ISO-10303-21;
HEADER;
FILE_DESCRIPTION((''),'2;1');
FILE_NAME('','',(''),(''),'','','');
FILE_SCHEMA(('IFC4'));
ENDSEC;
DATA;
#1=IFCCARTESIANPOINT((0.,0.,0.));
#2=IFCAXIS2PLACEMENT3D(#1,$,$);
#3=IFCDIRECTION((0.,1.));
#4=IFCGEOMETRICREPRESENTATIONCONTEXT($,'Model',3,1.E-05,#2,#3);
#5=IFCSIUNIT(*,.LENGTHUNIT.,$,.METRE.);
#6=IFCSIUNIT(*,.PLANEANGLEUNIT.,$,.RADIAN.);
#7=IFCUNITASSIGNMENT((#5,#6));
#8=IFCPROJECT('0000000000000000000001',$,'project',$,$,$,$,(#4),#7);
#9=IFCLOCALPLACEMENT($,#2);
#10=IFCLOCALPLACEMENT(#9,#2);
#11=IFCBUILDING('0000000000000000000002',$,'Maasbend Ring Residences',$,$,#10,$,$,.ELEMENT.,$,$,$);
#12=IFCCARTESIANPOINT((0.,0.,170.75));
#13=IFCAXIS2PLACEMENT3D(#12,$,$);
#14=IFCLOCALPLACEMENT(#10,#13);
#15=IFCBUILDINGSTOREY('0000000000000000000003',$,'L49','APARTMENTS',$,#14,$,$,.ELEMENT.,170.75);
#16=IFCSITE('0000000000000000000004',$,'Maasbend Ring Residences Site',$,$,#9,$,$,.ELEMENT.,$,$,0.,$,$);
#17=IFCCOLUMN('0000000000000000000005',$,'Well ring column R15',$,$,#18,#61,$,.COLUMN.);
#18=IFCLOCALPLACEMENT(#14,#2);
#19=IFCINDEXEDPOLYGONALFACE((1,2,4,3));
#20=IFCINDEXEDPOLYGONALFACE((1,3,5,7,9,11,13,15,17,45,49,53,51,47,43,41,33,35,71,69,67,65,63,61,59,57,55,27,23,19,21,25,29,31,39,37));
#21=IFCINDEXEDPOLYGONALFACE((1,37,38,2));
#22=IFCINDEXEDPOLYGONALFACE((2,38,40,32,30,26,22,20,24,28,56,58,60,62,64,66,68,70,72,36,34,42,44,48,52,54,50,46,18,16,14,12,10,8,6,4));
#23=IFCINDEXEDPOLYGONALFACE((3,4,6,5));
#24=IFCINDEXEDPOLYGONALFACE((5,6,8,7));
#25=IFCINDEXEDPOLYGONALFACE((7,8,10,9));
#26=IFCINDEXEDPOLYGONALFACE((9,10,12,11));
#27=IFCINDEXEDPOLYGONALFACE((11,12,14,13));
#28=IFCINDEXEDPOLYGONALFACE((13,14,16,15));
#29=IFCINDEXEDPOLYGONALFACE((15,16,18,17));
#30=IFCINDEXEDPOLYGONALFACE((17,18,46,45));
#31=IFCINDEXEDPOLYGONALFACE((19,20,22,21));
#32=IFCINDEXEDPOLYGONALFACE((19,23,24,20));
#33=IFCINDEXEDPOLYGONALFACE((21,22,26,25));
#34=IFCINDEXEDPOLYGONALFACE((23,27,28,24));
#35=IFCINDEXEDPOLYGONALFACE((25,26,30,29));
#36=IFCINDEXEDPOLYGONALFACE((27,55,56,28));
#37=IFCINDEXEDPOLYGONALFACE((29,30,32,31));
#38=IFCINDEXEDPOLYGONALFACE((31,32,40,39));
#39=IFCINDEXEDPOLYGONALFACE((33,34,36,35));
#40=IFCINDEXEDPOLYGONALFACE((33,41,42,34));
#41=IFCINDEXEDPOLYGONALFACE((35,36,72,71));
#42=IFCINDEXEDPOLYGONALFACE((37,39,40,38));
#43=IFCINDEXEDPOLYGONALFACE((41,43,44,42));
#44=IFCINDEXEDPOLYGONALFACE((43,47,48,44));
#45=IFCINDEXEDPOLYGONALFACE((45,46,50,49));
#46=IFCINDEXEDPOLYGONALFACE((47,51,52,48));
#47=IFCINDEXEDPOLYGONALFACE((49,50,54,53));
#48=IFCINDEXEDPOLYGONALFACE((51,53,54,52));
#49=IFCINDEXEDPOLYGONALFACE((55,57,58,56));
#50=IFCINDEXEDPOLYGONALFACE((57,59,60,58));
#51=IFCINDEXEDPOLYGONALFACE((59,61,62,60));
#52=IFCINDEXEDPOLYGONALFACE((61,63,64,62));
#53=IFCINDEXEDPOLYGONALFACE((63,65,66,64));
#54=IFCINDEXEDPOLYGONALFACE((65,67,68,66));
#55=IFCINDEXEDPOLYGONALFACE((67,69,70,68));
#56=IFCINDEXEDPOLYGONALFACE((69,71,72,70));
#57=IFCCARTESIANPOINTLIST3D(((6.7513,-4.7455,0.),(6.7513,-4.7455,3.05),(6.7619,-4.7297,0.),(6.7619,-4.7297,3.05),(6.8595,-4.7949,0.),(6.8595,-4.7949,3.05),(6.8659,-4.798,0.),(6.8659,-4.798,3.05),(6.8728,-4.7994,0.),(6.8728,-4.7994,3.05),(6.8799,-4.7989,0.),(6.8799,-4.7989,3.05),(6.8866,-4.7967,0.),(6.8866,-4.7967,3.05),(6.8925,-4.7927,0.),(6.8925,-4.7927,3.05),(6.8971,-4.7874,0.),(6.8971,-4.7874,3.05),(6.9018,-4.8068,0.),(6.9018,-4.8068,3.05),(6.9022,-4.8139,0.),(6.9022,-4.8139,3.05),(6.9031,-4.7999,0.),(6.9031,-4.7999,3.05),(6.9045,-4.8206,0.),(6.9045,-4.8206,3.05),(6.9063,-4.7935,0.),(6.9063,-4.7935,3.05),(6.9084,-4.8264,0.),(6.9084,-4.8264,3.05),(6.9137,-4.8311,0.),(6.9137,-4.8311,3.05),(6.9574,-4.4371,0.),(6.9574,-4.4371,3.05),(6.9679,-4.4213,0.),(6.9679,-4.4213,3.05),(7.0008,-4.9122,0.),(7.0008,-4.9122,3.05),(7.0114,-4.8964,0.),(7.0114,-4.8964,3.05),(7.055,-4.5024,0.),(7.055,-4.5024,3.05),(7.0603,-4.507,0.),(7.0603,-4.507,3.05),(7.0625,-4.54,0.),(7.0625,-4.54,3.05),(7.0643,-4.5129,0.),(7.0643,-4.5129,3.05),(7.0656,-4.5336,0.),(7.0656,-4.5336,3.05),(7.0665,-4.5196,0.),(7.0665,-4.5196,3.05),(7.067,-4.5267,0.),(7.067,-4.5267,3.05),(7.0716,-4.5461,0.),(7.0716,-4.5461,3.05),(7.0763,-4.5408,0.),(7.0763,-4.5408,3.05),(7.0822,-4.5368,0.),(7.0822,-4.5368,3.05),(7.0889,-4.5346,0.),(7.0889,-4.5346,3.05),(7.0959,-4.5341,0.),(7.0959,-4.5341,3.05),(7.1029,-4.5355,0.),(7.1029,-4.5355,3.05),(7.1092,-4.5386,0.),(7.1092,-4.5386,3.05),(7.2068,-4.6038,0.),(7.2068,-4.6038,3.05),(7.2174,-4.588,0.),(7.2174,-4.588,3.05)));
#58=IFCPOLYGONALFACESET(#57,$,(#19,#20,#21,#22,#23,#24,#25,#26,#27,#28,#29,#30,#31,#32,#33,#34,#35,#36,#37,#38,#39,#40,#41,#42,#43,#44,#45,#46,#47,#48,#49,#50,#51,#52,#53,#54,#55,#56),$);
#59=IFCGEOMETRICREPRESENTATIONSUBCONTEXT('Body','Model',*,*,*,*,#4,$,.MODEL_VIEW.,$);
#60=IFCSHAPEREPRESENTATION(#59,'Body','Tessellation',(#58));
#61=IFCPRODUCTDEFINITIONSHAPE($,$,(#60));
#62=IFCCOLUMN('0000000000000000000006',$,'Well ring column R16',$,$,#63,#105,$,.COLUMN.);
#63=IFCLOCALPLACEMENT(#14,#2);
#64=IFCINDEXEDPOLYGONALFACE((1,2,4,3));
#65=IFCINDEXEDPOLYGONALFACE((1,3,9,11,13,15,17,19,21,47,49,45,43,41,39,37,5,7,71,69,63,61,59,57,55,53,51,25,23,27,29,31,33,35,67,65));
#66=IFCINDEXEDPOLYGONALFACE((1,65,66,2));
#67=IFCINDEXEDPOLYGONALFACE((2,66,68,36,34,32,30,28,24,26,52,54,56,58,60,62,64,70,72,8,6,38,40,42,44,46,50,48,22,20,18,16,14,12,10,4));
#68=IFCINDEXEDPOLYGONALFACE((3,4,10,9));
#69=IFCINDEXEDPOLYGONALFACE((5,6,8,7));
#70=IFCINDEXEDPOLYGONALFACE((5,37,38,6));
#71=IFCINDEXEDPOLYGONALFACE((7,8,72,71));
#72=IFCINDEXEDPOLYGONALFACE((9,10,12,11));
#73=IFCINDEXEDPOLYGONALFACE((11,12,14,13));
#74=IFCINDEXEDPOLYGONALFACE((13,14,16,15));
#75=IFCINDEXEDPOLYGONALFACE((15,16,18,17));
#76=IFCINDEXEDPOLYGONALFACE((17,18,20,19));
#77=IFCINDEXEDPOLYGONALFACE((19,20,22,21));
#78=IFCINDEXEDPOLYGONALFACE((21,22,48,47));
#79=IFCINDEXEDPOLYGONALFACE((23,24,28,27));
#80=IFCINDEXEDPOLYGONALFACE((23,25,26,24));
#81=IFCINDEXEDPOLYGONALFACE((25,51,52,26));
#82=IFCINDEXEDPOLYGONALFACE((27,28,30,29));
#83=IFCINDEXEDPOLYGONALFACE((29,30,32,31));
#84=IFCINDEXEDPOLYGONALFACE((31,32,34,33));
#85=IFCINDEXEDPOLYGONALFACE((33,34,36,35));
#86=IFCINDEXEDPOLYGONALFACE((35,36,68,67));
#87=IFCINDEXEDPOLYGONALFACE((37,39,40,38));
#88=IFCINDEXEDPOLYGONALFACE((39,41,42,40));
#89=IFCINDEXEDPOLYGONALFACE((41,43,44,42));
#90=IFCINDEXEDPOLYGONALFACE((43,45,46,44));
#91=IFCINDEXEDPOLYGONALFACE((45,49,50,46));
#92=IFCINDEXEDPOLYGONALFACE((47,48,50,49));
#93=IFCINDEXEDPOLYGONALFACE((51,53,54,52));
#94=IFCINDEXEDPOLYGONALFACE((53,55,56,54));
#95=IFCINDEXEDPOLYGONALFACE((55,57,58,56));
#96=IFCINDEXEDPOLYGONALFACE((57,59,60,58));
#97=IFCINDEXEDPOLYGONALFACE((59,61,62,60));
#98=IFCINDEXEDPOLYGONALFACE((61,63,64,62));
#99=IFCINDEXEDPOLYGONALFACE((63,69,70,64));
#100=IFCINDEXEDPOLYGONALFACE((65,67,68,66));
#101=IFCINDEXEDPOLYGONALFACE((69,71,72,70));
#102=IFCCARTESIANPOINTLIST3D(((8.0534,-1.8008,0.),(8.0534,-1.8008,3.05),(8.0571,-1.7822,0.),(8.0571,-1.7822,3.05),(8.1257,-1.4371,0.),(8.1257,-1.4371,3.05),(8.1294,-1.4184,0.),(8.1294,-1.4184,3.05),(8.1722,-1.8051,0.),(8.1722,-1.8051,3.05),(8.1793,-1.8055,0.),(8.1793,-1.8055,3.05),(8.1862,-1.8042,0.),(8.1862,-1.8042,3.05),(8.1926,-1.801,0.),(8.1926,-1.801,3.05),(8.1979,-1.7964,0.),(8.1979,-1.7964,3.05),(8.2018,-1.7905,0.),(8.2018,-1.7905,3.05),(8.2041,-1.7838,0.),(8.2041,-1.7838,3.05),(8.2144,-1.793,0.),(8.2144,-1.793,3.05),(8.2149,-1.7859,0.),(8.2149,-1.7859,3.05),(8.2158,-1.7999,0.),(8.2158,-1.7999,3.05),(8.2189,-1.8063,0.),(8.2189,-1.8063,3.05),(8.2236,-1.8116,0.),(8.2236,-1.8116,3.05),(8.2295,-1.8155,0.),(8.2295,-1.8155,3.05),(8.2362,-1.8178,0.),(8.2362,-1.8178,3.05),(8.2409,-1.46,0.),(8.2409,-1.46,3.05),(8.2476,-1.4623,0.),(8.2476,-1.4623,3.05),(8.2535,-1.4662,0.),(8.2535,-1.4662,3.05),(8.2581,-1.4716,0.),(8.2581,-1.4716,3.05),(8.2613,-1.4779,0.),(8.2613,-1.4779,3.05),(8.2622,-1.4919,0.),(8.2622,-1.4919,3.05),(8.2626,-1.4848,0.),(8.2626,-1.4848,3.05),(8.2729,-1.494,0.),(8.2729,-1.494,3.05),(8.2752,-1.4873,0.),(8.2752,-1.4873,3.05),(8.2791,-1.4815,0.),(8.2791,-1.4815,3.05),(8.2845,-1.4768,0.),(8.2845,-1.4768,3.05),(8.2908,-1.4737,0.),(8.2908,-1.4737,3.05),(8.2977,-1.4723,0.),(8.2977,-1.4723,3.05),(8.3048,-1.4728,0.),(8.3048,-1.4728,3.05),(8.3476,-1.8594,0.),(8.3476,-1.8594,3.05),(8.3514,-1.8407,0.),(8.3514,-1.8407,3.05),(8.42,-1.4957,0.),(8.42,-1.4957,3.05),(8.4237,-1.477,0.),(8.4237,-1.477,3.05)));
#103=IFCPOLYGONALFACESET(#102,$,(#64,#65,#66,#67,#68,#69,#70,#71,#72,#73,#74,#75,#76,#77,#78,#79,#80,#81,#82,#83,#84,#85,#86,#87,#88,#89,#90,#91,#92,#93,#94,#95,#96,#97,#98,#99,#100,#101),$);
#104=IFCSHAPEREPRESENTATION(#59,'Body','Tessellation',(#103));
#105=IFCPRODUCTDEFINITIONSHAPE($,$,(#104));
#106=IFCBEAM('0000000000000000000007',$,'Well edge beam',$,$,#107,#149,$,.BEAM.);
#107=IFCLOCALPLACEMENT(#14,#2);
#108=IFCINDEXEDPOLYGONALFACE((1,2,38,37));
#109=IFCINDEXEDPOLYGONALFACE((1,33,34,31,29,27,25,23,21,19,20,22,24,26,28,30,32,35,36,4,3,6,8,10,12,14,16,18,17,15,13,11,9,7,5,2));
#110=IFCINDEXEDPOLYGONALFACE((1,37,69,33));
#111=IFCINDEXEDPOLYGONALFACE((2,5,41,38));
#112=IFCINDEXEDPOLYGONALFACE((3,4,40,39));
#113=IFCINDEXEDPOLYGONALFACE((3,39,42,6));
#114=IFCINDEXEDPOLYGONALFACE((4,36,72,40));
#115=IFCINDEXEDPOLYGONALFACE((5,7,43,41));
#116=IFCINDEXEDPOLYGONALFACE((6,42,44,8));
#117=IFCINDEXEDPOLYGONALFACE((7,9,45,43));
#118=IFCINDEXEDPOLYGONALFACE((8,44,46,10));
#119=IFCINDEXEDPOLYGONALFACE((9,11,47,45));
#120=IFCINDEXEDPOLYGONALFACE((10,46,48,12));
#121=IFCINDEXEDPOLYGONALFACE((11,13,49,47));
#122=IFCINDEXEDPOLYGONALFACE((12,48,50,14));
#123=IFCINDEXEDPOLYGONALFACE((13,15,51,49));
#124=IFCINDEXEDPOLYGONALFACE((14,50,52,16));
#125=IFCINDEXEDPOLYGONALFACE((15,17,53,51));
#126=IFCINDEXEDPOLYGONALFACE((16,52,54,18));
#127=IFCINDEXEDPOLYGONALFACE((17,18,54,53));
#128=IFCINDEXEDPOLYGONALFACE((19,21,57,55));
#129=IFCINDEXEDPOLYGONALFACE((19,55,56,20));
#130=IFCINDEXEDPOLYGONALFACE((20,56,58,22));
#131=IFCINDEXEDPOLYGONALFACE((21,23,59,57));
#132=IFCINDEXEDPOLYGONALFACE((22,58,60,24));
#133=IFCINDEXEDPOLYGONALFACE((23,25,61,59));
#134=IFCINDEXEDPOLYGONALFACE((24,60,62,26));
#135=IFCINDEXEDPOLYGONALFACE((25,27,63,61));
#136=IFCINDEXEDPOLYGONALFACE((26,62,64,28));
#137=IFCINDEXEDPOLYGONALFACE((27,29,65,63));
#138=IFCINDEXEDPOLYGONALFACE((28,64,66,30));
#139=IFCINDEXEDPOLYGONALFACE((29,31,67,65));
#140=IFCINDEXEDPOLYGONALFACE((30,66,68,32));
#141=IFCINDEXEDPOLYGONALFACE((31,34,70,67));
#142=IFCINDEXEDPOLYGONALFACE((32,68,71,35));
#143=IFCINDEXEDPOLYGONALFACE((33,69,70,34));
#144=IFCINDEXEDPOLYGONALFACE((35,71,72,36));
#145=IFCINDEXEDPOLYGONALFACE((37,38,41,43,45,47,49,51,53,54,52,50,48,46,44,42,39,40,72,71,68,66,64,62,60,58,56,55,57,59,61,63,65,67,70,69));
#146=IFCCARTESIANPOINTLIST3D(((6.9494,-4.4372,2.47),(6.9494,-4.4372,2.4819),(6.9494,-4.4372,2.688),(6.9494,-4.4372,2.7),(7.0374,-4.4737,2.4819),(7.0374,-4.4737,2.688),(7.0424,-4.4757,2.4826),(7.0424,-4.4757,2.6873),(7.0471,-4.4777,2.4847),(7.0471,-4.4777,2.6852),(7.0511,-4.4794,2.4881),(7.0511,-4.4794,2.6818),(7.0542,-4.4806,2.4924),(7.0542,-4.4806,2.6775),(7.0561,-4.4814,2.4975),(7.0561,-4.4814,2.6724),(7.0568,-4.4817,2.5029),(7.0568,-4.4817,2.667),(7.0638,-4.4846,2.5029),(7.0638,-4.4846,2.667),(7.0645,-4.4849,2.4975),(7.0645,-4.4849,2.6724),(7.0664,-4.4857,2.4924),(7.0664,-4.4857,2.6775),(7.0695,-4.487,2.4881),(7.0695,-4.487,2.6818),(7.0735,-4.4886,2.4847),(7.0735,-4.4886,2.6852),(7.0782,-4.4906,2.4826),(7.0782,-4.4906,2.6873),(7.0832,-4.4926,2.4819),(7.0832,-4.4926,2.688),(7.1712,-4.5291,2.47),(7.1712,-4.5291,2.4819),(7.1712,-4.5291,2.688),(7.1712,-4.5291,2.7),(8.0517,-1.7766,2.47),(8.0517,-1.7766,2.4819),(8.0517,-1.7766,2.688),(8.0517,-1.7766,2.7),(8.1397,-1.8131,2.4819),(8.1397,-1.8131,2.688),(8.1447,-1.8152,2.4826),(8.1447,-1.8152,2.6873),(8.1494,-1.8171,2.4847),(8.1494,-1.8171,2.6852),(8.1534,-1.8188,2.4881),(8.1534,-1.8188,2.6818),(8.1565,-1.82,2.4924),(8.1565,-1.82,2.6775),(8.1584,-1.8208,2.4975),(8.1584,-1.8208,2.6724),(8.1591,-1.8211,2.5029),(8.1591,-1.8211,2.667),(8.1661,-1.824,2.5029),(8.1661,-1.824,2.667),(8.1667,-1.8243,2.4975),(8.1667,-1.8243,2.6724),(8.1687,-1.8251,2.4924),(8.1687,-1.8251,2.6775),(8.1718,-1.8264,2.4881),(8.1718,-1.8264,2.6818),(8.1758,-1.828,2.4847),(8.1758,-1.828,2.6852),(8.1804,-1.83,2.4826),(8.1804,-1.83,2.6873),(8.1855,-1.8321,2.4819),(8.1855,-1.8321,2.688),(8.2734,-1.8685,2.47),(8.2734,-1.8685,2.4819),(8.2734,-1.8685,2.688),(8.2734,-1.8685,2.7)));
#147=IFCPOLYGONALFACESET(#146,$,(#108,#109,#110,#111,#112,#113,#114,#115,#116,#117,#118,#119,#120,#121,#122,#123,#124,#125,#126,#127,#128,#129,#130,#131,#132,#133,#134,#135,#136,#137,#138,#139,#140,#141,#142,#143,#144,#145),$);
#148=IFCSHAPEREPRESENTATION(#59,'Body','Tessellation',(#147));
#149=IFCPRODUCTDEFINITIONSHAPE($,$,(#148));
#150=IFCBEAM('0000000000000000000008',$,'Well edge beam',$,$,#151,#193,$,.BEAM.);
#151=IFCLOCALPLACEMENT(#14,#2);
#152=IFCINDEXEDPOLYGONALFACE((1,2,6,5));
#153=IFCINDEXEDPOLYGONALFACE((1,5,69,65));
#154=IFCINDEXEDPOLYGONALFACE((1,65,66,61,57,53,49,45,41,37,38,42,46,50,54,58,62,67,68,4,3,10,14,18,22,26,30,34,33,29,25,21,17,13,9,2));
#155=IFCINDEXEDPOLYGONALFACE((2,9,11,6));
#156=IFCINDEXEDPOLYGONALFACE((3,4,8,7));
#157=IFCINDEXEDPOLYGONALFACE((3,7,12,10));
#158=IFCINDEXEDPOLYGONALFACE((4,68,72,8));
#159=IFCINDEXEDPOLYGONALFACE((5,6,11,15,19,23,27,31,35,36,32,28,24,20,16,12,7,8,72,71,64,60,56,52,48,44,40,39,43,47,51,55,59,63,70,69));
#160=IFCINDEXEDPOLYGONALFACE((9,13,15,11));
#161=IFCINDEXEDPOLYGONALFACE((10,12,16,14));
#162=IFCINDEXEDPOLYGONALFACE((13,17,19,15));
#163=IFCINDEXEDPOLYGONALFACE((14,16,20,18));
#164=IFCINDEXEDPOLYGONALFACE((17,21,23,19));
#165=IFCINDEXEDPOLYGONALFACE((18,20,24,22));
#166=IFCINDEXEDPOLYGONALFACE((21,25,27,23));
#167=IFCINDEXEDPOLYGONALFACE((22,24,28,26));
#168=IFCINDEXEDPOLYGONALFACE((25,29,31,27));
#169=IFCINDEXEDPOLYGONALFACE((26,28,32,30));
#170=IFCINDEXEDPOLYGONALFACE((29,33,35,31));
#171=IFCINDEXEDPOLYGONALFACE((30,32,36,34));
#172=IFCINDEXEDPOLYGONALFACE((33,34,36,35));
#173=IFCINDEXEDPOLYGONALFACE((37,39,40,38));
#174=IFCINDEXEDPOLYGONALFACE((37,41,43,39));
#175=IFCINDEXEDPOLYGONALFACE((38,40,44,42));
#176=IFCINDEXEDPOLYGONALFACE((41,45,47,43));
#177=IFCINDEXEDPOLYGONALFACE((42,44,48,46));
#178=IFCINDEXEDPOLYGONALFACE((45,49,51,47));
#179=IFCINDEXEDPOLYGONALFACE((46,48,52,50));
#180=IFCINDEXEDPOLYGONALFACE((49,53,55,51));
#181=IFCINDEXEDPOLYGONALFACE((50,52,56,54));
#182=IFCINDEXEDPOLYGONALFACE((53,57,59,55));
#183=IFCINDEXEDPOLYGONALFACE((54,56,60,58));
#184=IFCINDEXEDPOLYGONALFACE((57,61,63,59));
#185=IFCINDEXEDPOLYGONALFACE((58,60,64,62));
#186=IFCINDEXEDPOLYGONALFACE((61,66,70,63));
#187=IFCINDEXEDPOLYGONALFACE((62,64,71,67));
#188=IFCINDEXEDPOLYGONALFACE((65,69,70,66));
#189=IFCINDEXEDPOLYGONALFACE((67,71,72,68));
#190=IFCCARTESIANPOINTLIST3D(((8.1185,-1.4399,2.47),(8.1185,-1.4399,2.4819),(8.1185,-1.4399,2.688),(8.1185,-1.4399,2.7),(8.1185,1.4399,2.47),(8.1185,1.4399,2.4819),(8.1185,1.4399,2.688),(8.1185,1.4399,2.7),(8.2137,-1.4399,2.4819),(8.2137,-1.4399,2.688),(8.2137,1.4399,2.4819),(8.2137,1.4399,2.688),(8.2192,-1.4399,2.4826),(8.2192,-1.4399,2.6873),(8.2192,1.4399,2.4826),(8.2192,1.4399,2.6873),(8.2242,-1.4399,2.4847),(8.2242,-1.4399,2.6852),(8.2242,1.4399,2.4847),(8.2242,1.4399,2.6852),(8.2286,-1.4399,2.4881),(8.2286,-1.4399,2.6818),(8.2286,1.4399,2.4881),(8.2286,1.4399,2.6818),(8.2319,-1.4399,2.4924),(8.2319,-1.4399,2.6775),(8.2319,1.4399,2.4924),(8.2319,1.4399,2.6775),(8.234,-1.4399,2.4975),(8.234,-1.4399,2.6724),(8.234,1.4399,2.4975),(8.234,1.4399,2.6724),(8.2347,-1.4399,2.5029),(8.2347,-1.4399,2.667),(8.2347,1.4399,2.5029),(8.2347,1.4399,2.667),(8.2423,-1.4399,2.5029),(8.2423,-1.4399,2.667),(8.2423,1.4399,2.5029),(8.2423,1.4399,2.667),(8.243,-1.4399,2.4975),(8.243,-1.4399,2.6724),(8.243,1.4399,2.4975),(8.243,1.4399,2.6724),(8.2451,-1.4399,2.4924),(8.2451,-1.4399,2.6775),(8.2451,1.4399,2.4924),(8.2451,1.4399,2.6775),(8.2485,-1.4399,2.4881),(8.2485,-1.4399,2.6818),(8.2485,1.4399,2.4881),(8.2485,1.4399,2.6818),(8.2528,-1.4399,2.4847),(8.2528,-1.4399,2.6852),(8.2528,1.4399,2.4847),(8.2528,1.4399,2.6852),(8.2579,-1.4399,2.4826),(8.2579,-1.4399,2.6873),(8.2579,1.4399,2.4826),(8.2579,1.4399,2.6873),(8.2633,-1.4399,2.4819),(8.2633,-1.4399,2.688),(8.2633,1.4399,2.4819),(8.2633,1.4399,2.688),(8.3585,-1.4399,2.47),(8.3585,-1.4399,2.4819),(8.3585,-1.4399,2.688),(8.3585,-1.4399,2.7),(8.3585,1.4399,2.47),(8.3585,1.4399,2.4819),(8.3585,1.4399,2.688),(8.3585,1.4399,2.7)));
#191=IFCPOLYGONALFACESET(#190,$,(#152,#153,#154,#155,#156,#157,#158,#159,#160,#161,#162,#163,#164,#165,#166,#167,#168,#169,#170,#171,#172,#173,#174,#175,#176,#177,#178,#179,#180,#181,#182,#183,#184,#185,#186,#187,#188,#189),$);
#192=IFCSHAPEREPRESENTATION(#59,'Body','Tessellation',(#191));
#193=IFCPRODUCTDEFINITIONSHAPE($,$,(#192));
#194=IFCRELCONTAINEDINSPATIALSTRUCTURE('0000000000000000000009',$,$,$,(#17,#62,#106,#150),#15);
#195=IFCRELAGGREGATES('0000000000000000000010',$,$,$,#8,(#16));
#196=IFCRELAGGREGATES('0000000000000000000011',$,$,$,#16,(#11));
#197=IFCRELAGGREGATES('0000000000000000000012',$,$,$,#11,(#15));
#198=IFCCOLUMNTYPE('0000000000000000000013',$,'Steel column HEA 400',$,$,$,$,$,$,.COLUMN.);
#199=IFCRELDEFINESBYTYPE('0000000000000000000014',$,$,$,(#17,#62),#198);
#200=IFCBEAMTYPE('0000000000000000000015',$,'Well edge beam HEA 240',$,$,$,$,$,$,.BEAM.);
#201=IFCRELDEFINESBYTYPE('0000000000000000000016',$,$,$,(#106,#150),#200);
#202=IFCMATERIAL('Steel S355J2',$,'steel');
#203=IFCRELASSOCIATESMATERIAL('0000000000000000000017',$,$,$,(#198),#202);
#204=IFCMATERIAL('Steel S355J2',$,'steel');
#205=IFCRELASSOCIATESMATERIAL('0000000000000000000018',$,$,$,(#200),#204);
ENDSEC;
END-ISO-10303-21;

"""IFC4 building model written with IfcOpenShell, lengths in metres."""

from ifc_helpers import new_model, si_unit, direction, frame, origin, origin_2d, place, context, subcontext, project, spatial, i_section, extrude, material, material_profile, profile_set, type_object, element, save


model = new_model("IFC4")

# Units and contexts
model_context = context("Model", 3, precision=1e-05, world=origin(), true_north=direction((0.0, 1.0)))
body_context = subcontext(model_context, "Body", "Model", "MODEL_VIEW")
ifc_project = project(units=[si_unit("LENGTHUNIT", "METRE"), si_unit("PLANEANGLEUNIT", "RADIAN")], contexts=[model_context])

# Site, building, storey
site_placement = place(None, origin())
site = spatial("IfcSite", under=ifc_project, at=site_placement, Name="Maasbend Ring Residences Site", CompositionType="ELEMENT", RefElevation=0.0)
building_placement = place(site_placement, origin())
building = spatial("IfcBuilding", under=site, at=building_placement, Name="Maasbend Ring Residences", CompositionType="ELEMENT")
storey_placement = place(building_placement, frame((0.0, 0.0, 170.75)))
storey = spatial("IfcBuildingStorey", under=building, at=storey_placement, Name="L49", Description="APARTMENTS", CompositionType="ELEMENT", Elevation=170.75)

# Columns
ifc_material_1 = material(Name="Steel S355J2", Category="steel")
ifc_material_profile_1 = material_profile(ifc_material_1, i_section(OverallWidth=0.3, OverallDepth=0.3899, WebThickness=0.011, FlangeThickness=0.019, FilletRadius=0.0271, at=origin_2d()), Name="HEA 400")
ifc_profile_set_1 = profile_set([ifc_material_profile_1], Name="Steel S355J2")
column_type = type_object("IfcColumnType", Name="Steel column HEA 400", PredefinedType="COLUMN", material=ifc_profile_set_1)
for number, where, z_axis, x_axis, name in (
    (1, (6.9844, -4.6667, 0.0), (0.0, 0.0, 1.0), (0.83147, -0.55557, 0.0), "Well ring column R15"),
    (2, (8.2385, -1.6389, 0.0), (0.0, 0.0, 1.0), (0.980785, -0.19509, 0.0), "Well ring column R16"),
):
    element("IfcColumn", number, at=place(storey_placement, frame(where, z_axis=z_axis, x_axis=x_axis)), inside=storey, type_object=column_type, Name=name, PredefinedType="COLUMN", context=body_context, shape_type="SweptSolid", body=[
        extrude(i_section(OverallWidth=0.3, OverallDepth=0.3899, WebThickness=0.011, FlangeThickness=0.019, FilletRadius=0.0271, at=origin_2d()), origin(), (0.0, 0.0, 1.0), 3.05),
    ])

# Beams
ifc_material_2 = material(Name="Steel S355J2", Category="steel")
ifc_material_profile_2 = material_profile(ifc_material_2, i_section(OverallWidth=0.24, OverallDepth=0.23, WebThickness=0.0076, FlangeThickness=0.012, FilletRadius=0.021, at=origin_2d()), Name="HEA 240")
ifc_profile_set_2 = profile_set([ifc_material_profile_2], Name="Steel S355J2")
beam_type = type_object("IfcBeamType", Name="Well edge beam HEA 240", PredefinedType="BEAM", material=ifc_profile_set_2)
for number, where, z_axis, x_axis, name in (
    (3, (7.0603, -4.4832, 2.585), (0.382749, 0.923853, 0.0), (-0.923853, 0.382749, 0.0), "Well edge beam"),
    (4, (8.2385, -1.4399, 2.585), (0.0, 1.0, 0.0), (-1.0, 0.0, 0.0), "Well edge beam"),
):
    element("IfcBeam", number, at=place(storey_placement, frame(where, z_axis=z_axis, x_axis=x_axis)), inside=storey, type_object=beam_type, Name=name, PredefinedType="BEAM", context=body_context, shape_type="SweptSolid", body=[
        extrude(i_section(OverallWidth=0.24, OverallDepth=0.23, WebThickness=0.0076, FlangeThickness=0.012, FilletRadius=0.021, at=origin_2d()), origin(), (0.0, 0.0, 1.0), 2.8799),
    ])

save(model, "model.ifc")
